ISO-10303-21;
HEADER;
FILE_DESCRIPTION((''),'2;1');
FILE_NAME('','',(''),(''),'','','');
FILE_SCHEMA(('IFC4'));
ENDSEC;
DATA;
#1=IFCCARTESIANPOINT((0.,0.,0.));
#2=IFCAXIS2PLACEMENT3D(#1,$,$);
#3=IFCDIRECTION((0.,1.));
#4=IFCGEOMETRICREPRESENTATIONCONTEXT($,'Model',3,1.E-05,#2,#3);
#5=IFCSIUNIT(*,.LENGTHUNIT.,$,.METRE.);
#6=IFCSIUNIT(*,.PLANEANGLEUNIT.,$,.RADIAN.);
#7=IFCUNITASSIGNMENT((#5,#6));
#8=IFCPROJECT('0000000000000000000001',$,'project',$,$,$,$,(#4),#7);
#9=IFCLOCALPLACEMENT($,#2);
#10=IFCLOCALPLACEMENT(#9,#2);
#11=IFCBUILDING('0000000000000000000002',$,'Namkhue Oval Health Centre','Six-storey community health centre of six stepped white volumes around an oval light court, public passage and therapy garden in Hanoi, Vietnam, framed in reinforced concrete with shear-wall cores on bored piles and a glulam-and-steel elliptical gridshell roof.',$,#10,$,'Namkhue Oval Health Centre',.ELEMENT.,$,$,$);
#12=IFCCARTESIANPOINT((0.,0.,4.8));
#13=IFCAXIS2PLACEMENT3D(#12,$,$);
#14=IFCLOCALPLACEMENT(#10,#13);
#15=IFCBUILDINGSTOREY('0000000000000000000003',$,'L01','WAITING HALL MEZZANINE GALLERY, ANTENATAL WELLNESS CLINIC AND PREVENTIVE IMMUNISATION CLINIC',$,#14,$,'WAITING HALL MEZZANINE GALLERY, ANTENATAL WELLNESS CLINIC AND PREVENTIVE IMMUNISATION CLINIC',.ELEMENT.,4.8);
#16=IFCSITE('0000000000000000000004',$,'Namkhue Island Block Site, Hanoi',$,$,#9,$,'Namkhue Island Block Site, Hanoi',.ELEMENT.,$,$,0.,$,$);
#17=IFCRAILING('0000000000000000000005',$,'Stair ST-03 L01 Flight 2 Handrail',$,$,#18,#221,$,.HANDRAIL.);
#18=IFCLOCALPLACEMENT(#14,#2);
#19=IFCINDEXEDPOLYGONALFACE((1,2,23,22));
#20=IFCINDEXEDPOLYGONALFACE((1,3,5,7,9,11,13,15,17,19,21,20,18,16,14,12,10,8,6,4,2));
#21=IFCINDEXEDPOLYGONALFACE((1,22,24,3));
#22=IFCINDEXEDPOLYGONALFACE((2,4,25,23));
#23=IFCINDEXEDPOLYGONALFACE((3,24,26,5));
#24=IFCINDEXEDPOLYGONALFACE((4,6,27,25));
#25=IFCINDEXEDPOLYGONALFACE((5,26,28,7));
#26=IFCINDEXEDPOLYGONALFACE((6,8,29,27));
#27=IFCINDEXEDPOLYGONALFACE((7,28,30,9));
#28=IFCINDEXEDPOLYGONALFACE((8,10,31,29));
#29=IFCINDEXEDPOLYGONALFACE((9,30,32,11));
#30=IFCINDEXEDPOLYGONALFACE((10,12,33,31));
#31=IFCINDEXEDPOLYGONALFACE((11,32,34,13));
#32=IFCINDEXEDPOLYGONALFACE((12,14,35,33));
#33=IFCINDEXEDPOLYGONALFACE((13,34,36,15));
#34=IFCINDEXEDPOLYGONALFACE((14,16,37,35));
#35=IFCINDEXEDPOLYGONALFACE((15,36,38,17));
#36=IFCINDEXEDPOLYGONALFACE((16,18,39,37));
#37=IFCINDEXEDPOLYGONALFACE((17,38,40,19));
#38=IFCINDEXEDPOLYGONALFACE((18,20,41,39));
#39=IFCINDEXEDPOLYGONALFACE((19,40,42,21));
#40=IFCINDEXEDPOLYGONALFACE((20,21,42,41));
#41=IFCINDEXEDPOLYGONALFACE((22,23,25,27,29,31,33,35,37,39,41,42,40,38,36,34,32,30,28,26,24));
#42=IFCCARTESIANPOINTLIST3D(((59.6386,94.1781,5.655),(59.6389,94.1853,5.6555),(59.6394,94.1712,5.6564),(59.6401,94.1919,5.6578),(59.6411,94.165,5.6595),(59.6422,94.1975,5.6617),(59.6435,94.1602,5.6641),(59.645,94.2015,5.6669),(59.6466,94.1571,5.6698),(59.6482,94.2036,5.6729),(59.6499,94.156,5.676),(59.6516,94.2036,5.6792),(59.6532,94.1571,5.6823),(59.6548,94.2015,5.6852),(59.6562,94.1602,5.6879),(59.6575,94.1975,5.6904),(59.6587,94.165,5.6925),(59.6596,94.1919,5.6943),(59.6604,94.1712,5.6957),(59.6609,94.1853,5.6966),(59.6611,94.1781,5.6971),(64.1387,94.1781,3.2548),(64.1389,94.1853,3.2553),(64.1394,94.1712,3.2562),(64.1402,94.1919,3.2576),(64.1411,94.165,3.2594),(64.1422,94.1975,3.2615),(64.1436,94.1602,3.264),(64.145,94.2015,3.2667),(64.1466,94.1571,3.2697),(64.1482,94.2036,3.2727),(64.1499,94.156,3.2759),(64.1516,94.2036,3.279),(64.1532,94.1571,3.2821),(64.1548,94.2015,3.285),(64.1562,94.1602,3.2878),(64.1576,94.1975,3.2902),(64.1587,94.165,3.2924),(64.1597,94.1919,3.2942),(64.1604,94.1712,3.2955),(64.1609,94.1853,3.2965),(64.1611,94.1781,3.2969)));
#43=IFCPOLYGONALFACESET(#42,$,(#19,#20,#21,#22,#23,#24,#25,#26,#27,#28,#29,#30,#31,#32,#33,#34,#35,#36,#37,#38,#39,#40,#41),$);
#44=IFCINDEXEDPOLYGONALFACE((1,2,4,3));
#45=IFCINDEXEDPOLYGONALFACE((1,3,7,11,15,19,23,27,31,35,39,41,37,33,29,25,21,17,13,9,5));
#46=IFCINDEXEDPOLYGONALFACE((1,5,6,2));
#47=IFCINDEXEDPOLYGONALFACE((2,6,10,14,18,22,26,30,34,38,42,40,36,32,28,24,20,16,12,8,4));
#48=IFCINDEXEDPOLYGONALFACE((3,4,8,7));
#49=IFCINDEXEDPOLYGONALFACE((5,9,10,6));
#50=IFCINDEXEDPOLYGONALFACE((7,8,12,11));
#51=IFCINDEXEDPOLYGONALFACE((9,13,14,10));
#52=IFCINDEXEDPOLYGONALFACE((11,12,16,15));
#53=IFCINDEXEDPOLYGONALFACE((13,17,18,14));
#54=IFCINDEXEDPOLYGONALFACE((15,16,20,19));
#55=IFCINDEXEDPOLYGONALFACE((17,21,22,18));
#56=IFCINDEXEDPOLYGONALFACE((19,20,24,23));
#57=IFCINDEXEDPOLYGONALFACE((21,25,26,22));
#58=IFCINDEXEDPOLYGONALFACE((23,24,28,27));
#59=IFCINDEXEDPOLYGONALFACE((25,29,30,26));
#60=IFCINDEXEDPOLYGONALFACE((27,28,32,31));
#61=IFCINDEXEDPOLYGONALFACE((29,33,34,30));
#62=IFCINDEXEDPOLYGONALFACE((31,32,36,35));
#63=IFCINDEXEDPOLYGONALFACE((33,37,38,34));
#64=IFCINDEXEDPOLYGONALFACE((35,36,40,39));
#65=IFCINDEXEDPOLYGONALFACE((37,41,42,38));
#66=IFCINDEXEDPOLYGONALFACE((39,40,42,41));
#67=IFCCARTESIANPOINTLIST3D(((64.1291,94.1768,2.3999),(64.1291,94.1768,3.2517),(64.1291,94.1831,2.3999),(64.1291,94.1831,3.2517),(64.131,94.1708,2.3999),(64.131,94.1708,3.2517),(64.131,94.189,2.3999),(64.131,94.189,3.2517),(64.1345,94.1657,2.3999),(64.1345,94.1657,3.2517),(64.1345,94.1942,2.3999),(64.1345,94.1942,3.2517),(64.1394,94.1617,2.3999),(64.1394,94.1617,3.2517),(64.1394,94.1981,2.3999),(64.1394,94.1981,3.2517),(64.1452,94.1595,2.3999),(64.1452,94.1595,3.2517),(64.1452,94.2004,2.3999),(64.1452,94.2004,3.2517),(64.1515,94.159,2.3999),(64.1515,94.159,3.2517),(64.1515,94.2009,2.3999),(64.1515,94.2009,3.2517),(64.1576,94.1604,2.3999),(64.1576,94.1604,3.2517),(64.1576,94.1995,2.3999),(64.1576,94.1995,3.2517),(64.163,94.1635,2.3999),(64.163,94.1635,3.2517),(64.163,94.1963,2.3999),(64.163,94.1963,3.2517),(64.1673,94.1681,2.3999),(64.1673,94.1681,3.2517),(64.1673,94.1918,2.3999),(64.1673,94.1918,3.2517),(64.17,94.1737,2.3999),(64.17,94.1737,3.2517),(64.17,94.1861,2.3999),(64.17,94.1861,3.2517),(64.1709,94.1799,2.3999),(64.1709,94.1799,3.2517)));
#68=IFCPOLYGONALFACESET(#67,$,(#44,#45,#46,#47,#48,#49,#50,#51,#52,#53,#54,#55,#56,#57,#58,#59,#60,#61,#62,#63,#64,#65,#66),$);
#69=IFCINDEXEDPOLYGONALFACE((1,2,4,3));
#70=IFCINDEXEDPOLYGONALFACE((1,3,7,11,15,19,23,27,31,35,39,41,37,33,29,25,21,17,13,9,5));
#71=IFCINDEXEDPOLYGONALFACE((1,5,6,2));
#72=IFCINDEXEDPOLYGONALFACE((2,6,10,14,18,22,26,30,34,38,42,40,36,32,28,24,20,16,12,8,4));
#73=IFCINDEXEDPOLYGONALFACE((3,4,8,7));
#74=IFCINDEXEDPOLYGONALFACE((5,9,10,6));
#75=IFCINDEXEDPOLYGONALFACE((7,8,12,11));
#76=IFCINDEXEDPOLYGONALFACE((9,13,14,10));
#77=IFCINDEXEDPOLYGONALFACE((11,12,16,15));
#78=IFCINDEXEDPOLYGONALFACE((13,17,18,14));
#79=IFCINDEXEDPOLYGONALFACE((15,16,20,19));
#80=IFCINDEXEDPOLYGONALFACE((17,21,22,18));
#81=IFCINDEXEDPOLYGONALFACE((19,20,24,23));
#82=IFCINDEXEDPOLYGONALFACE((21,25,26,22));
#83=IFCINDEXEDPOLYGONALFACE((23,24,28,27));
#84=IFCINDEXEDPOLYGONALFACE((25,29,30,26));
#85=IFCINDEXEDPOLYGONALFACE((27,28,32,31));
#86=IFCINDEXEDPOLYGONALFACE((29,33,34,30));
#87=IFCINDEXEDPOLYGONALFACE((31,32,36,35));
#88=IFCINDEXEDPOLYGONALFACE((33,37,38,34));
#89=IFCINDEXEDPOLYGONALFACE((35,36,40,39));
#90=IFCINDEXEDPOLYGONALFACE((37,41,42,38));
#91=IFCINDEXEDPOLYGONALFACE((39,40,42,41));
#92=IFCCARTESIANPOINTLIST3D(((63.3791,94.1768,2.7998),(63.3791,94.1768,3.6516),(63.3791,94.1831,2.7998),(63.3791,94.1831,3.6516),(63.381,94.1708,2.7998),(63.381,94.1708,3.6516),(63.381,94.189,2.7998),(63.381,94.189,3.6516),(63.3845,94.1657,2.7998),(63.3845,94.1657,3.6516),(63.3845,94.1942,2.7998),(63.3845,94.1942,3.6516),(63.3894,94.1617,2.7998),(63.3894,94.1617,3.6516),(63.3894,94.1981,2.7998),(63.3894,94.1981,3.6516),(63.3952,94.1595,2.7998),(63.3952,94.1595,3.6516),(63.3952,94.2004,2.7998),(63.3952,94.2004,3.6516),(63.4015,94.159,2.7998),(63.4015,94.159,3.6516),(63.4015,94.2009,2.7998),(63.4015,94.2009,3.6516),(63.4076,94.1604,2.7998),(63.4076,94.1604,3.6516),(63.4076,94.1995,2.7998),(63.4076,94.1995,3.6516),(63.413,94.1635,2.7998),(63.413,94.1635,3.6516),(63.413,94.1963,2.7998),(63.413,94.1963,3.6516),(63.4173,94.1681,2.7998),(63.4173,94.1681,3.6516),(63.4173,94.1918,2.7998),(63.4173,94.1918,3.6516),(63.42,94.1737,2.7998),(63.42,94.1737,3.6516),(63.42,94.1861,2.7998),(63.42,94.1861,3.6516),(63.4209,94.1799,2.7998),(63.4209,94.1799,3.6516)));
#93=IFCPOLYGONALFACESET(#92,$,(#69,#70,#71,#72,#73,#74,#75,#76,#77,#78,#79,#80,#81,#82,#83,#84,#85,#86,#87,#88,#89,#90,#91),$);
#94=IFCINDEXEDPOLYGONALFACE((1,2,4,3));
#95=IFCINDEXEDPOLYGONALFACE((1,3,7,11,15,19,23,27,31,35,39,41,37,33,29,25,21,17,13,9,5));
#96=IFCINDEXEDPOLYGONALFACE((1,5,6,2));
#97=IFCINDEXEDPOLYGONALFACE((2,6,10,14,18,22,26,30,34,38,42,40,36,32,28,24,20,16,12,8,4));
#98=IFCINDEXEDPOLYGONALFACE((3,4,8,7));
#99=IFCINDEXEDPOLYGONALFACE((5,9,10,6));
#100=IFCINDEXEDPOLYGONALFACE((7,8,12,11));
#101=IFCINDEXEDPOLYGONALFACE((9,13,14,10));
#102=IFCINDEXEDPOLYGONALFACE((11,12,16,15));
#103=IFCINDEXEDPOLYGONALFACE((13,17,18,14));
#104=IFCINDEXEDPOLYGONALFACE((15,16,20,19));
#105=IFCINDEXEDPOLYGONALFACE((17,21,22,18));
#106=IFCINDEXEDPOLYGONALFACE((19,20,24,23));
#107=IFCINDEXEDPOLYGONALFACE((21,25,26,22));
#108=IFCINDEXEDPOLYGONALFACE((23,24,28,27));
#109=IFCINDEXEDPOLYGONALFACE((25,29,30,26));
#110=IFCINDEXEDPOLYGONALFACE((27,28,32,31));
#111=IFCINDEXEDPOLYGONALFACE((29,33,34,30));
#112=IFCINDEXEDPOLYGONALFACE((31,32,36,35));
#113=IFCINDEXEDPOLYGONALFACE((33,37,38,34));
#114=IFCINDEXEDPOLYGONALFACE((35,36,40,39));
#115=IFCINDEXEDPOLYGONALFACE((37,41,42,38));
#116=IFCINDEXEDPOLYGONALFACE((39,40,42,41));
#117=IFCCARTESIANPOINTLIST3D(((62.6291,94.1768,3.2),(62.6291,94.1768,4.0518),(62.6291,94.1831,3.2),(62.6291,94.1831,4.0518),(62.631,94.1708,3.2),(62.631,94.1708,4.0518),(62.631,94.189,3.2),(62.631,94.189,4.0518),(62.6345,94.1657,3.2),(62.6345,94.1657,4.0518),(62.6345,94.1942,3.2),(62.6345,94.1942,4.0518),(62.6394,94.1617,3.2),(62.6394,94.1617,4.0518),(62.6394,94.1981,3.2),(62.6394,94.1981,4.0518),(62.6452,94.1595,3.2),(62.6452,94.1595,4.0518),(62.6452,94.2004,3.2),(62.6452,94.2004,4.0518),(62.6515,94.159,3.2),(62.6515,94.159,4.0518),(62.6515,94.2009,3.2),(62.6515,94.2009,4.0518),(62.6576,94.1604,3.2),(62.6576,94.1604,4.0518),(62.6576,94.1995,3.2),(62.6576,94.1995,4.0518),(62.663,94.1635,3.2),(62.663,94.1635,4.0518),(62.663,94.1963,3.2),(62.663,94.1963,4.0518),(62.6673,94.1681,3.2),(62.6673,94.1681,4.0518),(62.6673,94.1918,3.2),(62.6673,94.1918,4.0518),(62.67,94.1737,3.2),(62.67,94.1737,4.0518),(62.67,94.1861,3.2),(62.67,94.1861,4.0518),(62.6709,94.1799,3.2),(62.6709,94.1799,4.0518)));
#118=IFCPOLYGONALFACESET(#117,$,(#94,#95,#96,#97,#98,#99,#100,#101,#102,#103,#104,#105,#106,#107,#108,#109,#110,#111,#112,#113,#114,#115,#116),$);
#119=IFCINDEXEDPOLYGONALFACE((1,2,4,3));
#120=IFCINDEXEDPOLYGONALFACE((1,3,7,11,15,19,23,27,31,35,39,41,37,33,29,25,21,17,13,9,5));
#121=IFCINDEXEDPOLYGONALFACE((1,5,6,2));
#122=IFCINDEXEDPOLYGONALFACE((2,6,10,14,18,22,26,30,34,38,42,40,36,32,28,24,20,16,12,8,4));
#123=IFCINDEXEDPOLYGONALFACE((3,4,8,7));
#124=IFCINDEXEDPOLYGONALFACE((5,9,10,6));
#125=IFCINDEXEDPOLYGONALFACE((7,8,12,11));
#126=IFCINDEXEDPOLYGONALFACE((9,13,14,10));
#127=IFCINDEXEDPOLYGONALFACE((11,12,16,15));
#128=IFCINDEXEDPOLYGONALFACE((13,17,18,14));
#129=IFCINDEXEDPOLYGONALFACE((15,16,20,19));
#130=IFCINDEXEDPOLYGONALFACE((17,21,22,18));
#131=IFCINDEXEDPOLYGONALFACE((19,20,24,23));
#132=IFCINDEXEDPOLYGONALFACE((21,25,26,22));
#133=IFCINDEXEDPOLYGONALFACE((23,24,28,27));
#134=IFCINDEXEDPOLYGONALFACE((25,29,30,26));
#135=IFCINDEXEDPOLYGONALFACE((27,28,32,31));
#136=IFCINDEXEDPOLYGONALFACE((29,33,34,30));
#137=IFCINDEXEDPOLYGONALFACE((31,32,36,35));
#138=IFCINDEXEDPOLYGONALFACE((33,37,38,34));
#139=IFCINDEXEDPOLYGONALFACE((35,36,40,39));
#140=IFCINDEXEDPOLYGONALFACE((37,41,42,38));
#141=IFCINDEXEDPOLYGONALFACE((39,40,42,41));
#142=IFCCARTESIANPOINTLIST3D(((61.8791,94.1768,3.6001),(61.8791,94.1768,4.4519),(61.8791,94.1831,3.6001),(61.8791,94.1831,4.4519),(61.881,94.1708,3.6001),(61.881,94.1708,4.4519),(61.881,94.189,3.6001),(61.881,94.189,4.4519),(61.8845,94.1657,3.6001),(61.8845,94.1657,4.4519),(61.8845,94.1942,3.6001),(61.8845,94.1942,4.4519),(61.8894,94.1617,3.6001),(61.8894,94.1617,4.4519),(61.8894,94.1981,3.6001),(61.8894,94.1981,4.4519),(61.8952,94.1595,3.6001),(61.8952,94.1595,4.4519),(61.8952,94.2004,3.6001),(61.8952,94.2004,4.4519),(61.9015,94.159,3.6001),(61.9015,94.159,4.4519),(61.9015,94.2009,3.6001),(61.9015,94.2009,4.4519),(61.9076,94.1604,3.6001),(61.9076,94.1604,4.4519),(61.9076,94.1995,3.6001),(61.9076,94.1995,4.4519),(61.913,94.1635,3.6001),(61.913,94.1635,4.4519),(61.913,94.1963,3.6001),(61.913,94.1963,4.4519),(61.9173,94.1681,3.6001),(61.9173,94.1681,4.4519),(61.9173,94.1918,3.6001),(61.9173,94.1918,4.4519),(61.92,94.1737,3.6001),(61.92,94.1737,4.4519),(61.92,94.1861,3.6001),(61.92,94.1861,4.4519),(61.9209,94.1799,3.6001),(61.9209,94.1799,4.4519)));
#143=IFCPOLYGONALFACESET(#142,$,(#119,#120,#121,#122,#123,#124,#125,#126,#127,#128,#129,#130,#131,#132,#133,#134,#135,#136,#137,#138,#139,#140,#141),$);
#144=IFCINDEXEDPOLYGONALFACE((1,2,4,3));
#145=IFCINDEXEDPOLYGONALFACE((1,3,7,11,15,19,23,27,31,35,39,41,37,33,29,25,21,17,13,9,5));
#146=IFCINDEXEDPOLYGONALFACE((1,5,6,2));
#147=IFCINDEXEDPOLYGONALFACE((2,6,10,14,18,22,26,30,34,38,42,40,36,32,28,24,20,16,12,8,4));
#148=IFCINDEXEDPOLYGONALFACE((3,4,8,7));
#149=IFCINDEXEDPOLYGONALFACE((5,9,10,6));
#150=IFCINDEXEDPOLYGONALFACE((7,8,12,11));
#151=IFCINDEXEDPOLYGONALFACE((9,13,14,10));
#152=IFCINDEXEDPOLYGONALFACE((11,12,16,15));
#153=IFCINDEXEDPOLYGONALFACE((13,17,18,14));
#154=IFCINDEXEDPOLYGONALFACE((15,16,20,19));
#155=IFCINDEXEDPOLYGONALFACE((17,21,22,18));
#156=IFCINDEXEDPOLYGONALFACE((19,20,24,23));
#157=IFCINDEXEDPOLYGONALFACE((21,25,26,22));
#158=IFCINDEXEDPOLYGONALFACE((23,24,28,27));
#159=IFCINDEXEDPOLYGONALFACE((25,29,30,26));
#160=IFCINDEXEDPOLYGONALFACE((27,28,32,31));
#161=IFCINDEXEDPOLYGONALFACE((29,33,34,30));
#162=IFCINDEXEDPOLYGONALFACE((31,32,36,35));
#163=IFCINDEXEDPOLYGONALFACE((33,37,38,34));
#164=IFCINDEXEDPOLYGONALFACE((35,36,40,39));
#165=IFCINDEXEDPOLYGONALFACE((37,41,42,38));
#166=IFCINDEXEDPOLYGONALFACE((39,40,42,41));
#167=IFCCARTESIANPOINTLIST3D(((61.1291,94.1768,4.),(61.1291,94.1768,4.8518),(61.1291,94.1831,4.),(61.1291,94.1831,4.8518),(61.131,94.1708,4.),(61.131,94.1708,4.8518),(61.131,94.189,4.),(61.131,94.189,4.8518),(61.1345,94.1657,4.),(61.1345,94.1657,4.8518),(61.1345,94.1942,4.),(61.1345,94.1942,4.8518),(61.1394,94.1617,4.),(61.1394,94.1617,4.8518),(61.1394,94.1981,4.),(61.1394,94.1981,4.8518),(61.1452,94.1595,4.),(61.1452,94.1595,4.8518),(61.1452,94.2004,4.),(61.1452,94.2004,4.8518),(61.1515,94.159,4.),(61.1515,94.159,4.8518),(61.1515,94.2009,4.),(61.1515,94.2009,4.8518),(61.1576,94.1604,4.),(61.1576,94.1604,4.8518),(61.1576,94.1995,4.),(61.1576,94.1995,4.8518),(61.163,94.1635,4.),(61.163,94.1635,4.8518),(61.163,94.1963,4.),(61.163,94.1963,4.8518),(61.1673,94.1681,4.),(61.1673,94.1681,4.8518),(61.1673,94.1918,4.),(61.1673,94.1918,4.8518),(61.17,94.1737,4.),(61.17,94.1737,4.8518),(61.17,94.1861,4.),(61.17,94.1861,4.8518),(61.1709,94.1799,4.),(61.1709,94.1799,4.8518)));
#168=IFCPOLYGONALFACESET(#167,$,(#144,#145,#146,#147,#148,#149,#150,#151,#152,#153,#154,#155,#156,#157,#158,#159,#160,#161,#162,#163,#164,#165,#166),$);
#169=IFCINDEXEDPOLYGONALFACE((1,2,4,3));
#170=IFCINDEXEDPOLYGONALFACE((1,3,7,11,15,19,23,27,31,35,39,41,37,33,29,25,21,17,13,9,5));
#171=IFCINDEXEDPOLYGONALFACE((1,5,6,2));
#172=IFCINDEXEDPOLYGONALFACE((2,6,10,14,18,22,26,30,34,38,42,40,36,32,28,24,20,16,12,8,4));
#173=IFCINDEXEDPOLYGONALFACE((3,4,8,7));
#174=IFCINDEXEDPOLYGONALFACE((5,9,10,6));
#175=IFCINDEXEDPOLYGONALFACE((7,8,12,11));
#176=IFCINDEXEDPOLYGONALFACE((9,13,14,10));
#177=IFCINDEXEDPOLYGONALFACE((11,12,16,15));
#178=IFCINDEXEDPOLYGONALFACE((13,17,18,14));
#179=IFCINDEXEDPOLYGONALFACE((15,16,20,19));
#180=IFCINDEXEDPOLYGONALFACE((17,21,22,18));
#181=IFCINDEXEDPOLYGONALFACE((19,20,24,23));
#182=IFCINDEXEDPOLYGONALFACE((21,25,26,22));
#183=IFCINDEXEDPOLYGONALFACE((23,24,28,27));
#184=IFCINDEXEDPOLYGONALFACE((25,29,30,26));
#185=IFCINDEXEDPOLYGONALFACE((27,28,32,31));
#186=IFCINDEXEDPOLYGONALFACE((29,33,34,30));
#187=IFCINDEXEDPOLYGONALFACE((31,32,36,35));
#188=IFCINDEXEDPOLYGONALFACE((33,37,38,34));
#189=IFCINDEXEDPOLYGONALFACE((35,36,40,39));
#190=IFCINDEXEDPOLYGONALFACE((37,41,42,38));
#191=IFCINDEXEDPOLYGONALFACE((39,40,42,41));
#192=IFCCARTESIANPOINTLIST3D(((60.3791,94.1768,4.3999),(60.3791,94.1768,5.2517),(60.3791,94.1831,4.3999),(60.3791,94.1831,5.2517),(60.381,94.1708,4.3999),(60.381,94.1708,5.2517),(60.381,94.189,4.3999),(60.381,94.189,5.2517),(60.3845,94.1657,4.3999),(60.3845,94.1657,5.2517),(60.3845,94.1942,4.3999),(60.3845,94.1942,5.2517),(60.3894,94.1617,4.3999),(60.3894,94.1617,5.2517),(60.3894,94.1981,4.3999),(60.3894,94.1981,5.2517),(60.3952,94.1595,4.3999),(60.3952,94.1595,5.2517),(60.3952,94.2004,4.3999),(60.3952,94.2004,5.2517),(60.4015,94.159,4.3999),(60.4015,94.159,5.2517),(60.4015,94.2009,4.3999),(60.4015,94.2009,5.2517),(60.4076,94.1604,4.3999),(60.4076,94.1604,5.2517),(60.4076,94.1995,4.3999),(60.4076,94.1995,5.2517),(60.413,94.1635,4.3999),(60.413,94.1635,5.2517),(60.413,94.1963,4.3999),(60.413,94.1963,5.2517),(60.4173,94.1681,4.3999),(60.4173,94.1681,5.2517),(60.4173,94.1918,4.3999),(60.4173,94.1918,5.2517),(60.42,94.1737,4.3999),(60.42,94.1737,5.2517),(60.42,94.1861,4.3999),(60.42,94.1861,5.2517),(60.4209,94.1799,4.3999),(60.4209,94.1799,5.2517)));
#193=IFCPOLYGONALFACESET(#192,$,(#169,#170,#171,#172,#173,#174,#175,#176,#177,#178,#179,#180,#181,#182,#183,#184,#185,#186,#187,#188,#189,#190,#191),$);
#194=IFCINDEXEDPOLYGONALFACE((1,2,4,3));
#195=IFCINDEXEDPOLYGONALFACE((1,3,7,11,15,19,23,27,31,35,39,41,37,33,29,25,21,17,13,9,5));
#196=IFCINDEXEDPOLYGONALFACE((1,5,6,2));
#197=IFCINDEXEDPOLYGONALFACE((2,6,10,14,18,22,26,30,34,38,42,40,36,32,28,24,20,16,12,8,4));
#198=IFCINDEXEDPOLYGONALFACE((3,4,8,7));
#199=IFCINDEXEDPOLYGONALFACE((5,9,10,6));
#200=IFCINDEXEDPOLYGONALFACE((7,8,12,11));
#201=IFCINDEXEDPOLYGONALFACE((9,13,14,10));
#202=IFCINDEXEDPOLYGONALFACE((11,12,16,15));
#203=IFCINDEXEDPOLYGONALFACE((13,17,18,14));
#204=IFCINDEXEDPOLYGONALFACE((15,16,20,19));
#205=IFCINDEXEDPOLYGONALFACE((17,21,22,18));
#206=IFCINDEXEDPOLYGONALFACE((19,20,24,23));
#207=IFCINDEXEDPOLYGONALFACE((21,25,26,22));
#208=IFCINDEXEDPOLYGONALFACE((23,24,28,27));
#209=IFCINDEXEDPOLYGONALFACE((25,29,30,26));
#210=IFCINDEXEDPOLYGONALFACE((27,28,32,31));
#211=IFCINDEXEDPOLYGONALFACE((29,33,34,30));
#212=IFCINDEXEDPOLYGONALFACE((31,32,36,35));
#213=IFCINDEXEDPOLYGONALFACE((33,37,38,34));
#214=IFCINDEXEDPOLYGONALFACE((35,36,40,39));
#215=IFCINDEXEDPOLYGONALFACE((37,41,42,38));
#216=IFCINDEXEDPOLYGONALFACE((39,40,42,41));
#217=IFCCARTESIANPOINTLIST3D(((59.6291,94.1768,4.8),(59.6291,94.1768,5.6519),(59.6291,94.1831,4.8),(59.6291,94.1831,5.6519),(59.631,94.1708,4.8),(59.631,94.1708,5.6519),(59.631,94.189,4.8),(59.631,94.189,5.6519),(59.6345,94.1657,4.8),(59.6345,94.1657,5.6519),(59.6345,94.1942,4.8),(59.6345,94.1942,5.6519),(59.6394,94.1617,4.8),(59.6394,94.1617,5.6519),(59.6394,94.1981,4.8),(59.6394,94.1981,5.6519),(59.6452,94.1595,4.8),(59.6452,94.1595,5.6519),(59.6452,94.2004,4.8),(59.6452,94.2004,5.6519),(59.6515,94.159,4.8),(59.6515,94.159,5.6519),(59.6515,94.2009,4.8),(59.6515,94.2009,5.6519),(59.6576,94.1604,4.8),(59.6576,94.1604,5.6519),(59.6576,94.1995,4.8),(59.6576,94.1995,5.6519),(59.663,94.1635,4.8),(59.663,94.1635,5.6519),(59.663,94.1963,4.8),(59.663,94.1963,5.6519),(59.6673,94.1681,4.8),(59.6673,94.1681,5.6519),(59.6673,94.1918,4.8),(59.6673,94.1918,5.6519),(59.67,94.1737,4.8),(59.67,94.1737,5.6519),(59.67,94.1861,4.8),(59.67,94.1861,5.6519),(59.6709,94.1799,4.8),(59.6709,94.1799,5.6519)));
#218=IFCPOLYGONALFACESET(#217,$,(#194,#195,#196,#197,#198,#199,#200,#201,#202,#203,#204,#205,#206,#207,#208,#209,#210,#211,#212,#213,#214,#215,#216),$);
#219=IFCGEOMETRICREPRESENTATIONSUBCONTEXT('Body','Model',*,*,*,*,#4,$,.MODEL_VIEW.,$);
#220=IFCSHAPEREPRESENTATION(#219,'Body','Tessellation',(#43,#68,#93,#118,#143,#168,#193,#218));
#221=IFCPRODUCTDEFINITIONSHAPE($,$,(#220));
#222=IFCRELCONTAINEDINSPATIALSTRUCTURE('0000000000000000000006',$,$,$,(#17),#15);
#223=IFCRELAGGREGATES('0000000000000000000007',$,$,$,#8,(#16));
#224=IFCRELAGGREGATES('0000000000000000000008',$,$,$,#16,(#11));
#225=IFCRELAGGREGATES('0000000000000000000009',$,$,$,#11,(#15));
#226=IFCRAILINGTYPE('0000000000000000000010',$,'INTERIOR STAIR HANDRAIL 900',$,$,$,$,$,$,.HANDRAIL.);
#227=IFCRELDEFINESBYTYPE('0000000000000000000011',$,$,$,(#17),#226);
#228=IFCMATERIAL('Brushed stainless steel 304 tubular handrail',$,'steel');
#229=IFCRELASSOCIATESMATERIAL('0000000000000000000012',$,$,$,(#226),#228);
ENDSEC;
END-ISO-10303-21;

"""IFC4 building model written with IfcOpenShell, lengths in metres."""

from ifc_helpers import new_model, si_unit, direction, frame, origin, origin_2d, place, context, subcontext, project, spatial, circle, extrude, material, type_object, element, save


model = new_model("IFC4")

# Units and contexts
model_context = context("Model", 3, precision=1e-05, world=origin(), true_north=direction((0.0, 1.0)))
body_context = subcontext(model_context, "Body", "Model", "MODEL_VIEW")
ifc_project = project(units=[si_unit("LENGTHUNIT", "METRE"), si_unit("PLANEANGLEUNIT", "RADIAN")], contexts=[model_context])

# Site, building, storey
site_placement = place(None, origin())
site = spatial("IfcSite", under=ifc_project, at=site_placement, Name="Namkhue Island Block Site, Hanoi", LongName="Namkhue Island Block Site, Hanoi", CompositionType="ELEMENT", RefElevation=0.0)
building_placement = place(site_placement, origin())
building = spatial("IfcBuilding", under=site, at=building_placement, Name="Namkhue Oval Health Centre", Description="Six-storey community health centre of six stepped white volumes around an oval light court, public passage and therapy garden in Hanoi, Vietnam, framed in reinforced concrete with shear-wall cores on bored piles and a glulam-and-steel elliptical gridshell roof.", LongName="Namkhue Oval Health Centre", CompositionType="ELEMENT")
storey_placement = place(building_placement, frame((0.0, 0.0, 4.8)))
storey = spatial("IfcBuildingStorey", under=building, at=storey_placement, Name="L01", Description="WAITING HALL MEZZANINE GALLERY, ANTENATAL WELLNESS CLINIC AND PREVENTIVE IMMUNISATION CLINIC", LongName="WAITING HALL MEZZANINE GALLERY, ANTENATAL WELLNESS CLINIC AND PREVENTIVE IMMUNISATION CLINIC", CompositionType="ELEMENT", Elevation=4.8)

# Railing
ifc_material_1 = material(Name="Brushed stainless steel 304 tubular handrail", Category="steel")
railing_type_1 = type_object("IfcRailingType", Name="INTERIOR STAIR HANDRAIL 900", PredefinedType="HANDRAIL", material=ifc_material_1)
railing_1_placement = place(storey_placement, frame((64.1499, 94.1799, 2.3999)))
element("IfcRailing", 1, at=railing_1_placement, inside=storey, type_object=railing_type_1, Name="Stair ST-03 L01 Flight 2 Handrail", PredefinedType="HANDRAIL", context=body_context, shape_type="SweptSolid", body=[
    extrude(circle(Radius=0.0239, at=origin_2d()), frame((0.0, 0.0, 0.876), z_axis=(-0.882341, 0.0, 0.470611), x_axis=(0.0, -1.0, 0.0)), (0.0, 0.0, 1.0), 5.1001),
    extrude(circle(Radius=0.021, at=origin_2d()), origin(), (0.0, 0.0, 1.0), 0.8518),
    extrude(circle(Radius=0.021, at=origin_2d()), frame((-0.75, 0.0, 0.3999)), (0.0, 0.0, 1.0), 0.8518),
    extrude(circle(Radius=0.021, at=origin_2d()), frame((-1.5, 0.0, 0.8)), (0.0, 0.0, 1.0), 0.8518),
    extrude(circle(Radius=0.021, at=origin_2d()), frame((-2.25, 0.0, 1.2002)), (0.0, 0.0, 1.0), 0.8518),
    extrude(circle(Radius=0.021, at=origin_2d()), frame((-3.0, 0.0, 1.6001)), (0.0, 0.0, 1.0), 0.8518),
    extrude(circle(Radius=0.021, at=origin_2d()), frame((-3.75, 0.0, 2.0)), (0.0, 0.0, 1.0), 0.8518),
    extrude(circle(Radius=0.021, at=origin_2d()), frame((-4.5, 0.0, 2.4001)), (0.0, 0.0, 1.0), 0.8518),
])

save(model, "model.ifc")
